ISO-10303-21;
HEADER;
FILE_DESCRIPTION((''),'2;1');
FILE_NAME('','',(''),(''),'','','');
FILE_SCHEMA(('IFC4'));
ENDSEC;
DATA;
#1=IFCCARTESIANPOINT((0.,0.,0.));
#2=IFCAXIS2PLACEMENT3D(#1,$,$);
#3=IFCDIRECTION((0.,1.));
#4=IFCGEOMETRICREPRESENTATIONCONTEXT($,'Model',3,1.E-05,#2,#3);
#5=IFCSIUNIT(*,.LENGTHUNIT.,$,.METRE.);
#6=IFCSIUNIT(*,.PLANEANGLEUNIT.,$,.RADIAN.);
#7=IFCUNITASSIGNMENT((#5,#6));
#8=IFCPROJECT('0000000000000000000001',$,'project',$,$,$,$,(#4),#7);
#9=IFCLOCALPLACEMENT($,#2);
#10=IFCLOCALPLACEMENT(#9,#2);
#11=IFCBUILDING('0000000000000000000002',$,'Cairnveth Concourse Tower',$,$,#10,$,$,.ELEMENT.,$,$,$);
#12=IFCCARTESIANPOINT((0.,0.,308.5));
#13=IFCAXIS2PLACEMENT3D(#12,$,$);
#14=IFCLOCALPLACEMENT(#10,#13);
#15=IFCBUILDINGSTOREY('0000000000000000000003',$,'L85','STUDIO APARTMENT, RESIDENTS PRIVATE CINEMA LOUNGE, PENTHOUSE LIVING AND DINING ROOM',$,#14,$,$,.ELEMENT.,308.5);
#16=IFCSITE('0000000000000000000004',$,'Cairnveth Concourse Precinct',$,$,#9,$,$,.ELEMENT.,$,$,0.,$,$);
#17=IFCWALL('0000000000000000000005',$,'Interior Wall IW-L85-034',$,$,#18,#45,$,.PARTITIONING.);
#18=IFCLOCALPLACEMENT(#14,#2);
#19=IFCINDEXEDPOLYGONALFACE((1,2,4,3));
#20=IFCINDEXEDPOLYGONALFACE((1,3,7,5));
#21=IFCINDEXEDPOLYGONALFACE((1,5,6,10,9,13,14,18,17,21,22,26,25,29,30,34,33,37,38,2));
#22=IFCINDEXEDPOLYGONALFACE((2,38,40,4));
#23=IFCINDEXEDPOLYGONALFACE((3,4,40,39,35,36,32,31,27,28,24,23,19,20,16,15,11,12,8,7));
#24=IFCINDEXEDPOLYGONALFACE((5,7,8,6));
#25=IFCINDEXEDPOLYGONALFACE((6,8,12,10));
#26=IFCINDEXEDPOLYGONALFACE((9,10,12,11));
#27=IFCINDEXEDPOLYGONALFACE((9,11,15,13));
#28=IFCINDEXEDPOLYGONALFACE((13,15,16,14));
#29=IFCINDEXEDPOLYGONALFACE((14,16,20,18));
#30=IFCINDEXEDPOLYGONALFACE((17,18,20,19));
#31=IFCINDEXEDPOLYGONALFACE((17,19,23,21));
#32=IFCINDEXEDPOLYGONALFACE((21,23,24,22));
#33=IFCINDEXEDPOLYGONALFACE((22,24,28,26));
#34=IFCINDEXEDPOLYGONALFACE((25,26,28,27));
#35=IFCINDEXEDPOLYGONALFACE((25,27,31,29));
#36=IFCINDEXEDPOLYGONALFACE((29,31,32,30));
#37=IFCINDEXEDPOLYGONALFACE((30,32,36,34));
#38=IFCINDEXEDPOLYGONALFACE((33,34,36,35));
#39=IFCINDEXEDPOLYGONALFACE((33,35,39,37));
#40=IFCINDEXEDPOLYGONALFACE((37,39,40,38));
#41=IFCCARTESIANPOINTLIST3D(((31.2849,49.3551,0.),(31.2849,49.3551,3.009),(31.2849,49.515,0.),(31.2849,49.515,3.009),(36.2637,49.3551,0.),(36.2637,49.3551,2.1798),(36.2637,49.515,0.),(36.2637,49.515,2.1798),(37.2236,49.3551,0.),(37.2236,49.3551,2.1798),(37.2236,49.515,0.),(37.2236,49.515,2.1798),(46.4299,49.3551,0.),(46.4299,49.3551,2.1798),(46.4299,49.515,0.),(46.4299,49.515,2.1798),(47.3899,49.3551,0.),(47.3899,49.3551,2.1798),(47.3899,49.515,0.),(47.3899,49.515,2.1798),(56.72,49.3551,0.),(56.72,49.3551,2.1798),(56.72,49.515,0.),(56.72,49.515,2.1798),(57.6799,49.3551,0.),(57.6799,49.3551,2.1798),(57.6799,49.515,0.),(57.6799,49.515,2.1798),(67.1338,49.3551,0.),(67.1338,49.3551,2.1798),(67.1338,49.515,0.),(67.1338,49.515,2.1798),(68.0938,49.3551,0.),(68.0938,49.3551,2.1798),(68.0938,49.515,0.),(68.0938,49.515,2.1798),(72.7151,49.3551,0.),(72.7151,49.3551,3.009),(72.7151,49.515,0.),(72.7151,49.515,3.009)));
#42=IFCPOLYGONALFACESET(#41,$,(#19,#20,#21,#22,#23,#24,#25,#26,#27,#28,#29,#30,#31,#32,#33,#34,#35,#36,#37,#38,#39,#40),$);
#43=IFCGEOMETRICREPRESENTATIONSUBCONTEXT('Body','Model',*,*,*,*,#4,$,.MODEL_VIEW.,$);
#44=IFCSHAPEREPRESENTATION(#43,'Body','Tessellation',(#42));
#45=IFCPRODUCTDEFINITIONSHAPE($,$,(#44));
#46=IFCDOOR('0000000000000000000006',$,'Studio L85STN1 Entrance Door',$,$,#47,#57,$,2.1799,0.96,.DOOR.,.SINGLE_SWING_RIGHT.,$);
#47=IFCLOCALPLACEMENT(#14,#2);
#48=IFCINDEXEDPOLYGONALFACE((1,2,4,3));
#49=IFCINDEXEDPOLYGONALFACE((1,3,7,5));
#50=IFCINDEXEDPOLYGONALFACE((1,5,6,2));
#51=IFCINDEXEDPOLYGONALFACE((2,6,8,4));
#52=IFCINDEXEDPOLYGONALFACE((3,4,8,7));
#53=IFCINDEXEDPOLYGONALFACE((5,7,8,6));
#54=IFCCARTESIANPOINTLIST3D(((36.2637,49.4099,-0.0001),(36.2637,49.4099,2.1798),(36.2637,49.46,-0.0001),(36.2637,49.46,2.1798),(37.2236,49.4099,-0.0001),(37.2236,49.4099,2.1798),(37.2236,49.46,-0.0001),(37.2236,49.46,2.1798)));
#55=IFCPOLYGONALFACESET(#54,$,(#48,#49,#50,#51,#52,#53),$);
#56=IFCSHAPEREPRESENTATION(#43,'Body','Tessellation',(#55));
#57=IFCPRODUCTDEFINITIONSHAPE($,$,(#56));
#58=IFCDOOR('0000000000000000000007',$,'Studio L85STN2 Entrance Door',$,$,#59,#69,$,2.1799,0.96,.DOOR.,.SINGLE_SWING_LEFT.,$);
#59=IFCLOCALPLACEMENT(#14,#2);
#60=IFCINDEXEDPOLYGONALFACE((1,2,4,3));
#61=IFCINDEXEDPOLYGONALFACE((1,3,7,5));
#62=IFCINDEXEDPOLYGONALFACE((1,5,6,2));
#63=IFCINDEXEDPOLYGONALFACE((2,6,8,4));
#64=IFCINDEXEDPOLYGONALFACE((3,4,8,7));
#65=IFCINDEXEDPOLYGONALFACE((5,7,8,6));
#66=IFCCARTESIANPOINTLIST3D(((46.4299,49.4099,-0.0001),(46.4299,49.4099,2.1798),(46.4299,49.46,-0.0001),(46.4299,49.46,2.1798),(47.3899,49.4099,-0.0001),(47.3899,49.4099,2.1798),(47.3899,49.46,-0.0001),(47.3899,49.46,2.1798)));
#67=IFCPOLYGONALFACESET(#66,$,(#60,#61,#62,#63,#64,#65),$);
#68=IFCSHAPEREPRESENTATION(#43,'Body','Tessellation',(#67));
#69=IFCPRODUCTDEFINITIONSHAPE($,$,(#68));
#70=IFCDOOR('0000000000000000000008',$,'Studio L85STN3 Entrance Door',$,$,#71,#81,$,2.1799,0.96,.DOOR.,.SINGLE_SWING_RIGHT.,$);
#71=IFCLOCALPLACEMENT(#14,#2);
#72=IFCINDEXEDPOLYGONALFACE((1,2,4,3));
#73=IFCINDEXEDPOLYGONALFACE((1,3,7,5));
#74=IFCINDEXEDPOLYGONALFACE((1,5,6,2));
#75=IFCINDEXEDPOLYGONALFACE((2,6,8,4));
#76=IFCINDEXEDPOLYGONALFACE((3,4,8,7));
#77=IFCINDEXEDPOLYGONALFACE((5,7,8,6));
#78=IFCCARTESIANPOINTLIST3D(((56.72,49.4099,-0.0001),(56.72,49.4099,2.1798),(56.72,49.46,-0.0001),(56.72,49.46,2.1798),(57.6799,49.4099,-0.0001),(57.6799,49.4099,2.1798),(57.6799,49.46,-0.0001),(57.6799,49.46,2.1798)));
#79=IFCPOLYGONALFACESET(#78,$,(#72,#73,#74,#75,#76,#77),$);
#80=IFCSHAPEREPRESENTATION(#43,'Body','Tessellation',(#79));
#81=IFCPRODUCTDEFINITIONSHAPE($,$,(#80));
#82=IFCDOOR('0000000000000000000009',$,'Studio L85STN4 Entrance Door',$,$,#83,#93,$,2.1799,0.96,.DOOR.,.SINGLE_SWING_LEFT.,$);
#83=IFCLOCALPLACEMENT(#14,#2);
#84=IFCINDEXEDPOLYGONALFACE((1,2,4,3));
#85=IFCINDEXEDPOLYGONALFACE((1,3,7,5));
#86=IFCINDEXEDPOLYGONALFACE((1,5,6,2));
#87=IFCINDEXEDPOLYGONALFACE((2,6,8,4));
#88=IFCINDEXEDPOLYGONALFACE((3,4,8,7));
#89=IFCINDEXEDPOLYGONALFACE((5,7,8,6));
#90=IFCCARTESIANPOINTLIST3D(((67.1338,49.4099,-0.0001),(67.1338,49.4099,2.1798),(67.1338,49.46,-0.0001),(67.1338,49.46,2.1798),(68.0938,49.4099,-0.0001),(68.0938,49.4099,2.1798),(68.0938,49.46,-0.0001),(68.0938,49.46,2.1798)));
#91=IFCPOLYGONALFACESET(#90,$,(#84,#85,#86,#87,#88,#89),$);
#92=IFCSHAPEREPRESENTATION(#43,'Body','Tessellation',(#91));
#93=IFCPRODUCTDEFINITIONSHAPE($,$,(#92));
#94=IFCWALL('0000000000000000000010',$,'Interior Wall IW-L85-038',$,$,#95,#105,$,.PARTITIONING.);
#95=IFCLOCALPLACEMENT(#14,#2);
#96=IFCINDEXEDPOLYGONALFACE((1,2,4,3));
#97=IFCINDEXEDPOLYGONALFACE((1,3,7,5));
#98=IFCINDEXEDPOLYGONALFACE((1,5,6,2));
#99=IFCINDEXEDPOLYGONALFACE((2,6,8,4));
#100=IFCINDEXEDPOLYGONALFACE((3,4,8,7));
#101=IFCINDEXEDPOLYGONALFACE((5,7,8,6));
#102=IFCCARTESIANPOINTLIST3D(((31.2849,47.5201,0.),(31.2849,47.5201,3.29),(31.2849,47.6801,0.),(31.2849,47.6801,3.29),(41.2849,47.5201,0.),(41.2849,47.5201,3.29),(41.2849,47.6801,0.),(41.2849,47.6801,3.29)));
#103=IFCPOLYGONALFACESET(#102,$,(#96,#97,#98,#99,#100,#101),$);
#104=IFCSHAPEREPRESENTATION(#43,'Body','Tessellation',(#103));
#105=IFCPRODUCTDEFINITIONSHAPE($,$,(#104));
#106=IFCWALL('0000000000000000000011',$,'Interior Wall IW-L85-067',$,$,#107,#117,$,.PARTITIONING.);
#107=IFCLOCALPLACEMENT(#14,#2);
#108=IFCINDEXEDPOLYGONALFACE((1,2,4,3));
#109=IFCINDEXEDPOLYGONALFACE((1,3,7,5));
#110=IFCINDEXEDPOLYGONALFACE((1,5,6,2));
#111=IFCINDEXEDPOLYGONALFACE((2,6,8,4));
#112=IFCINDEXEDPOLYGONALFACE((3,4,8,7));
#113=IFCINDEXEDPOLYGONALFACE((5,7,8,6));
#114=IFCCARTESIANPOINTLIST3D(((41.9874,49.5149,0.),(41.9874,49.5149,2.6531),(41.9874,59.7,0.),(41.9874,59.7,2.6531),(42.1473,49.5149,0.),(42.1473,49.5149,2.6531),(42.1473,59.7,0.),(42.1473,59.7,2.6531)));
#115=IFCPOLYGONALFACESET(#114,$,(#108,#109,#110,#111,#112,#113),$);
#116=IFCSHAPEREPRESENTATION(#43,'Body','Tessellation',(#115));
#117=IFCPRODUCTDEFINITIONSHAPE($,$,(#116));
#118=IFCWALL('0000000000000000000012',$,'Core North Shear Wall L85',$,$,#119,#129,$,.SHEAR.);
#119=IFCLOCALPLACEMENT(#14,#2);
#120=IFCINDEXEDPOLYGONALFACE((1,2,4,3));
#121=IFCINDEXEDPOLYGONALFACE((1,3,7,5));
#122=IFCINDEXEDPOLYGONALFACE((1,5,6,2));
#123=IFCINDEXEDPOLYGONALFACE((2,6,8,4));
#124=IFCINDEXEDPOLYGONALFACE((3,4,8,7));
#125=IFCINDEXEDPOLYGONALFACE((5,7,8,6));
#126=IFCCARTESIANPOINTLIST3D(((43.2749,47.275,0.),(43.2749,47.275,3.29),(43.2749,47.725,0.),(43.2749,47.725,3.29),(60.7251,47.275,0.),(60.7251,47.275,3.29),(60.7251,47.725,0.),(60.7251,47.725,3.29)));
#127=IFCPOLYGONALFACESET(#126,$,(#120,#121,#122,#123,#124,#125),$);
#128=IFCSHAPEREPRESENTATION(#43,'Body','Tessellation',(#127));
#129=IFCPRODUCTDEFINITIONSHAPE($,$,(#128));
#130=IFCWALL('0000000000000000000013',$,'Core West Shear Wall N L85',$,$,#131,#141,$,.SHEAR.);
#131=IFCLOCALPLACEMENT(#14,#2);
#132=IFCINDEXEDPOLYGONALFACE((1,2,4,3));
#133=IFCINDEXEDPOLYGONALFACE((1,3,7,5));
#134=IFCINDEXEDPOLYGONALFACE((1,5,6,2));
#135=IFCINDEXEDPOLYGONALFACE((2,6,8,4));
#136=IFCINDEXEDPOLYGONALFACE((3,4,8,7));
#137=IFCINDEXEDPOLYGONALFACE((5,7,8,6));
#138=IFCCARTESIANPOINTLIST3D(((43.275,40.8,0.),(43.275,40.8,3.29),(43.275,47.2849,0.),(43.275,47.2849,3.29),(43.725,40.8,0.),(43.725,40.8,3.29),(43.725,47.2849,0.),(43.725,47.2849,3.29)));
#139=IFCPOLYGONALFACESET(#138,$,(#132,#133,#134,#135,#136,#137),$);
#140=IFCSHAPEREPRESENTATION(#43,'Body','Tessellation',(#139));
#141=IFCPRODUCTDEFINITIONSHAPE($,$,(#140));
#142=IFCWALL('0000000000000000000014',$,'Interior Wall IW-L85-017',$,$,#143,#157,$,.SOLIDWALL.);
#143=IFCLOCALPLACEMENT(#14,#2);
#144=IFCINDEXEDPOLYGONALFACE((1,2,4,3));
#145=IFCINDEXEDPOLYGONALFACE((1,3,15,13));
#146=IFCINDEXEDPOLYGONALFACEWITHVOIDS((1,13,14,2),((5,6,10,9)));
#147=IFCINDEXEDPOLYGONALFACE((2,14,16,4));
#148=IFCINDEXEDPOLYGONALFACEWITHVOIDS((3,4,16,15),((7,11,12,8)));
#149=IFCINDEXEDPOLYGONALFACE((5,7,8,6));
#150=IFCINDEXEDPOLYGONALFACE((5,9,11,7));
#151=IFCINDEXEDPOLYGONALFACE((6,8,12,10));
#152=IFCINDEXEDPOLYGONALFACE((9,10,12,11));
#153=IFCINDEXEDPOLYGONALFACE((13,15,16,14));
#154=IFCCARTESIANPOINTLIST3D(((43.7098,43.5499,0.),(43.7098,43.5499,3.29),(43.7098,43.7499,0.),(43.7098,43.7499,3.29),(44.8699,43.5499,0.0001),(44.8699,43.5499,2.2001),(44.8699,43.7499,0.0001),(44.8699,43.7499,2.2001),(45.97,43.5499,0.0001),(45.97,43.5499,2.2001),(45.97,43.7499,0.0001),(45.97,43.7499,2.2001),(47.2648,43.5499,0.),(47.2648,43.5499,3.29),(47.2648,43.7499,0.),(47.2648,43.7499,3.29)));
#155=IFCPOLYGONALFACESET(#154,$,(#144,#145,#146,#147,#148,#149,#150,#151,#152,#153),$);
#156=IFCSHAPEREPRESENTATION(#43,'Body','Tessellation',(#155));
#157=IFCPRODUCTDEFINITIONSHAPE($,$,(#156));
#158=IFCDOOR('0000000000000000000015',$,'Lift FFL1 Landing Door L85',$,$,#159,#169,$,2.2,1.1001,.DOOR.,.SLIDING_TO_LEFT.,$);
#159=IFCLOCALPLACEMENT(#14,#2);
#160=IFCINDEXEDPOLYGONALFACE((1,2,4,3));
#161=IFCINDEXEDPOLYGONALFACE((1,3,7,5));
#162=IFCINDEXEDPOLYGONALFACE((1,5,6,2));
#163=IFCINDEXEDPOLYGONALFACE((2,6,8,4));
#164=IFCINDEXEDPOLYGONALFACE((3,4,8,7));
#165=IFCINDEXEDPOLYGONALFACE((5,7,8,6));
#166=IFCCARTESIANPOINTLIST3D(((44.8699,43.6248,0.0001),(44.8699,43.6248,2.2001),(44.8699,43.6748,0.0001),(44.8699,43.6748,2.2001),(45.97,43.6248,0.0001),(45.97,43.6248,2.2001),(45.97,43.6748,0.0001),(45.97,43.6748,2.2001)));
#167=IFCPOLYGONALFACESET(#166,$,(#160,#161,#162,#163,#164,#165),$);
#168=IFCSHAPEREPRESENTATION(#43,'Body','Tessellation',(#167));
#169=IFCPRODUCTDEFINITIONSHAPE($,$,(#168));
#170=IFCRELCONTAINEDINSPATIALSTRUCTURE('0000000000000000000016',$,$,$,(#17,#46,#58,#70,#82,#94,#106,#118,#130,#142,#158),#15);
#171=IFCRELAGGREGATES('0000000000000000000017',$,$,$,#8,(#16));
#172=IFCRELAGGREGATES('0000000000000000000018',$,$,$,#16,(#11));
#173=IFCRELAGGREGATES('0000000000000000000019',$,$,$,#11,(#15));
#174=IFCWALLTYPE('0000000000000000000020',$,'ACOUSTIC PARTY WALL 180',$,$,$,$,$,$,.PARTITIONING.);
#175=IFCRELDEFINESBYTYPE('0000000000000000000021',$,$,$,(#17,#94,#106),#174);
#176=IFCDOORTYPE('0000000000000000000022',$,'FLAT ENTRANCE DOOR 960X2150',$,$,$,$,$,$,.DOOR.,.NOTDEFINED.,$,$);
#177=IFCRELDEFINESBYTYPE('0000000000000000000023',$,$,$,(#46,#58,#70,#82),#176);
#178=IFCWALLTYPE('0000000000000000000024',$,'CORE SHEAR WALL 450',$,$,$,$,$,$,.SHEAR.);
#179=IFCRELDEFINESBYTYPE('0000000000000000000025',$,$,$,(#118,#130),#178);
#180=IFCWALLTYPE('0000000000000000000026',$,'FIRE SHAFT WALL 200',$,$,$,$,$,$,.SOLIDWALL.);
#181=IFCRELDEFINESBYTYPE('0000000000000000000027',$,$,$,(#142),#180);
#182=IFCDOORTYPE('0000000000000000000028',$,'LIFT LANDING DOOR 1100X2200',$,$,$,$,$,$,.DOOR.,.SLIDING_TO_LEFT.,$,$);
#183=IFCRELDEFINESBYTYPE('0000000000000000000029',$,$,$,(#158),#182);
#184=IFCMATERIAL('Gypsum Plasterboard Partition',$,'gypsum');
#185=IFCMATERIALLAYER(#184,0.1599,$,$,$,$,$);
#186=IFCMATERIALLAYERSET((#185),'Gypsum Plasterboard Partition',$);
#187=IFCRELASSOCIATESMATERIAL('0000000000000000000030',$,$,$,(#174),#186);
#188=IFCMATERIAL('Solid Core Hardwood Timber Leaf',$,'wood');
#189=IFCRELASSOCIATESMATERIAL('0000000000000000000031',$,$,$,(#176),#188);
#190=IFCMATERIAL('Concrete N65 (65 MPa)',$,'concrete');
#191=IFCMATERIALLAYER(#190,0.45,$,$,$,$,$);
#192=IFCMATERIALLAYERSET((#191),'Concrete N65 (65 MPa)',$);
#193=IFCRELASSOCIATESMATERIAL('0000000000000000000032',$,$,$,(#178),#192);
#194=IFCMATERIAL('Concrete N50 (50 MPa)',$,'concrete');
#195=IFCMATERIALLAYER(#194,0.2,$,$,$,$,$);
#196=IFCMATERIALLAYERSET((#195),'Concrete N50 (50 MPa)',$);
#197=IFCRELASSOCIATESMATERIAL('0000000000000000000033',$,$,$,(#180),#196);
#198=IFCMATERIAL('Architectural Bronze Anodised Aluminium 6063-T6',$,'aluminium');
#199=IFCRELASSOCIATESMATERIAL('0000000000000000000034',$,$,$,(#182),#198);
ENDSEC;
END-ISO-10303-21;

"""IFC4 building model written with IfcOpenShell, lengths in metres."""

from ifc_helpers import new_model, si_unit, direction, frame, frame_2d, origin, place, context, subcontext, project, spatial, rectangle, extrude, material, layer, layer_set, type_object, element, fill, save


model = new_model("IFC4")

# Units and contexts
model_context = context("Model", 3, precision=1e-05, world=origin(), true_north=direction((0.0, 1.0)))
body_context = subcontext(model_context, "Body", "Model", "MODEL_VIEW")
ifc_project = project(units=[si_unit("LENGTHUNIT", "METRE"), si_unit("PLANEANGLEUNIT", "RADIAN")], contexts=[model_context])

# Site, building, storey
site_placement = place(None, origin())
site = spatial("IfcSite", under=ifc_project, at=site_placement, Name="Cairnveth Concourse Precinct", CompositionType="ELEMENT", RefElevation=0.0)
building_placement = place(site_placement, origin())
building = spatial("IfcBuilding", under=site, at=building_placement, Name="Cairnveth Concourse Tower", CompositionType="ELEMENT")
storey_placement = place(building_placement, frame((0.0, 0.0, 308.5)))
storey = spatial("IfcBuildingStorey", under=building, at=storey_placement, Name="L85", Description="STUDIO APARTMENT, RESIDENTS PRIVATE CINEMA LOUNGE, PENTHOUSE LIVING AND DINING ROOM", CompositionType="ELEMENT", Elevation=308.5)

# Shared definitions
ifc_material_1 = material(Name="Concrete N50 (50 MPa)", Category="concrete")

# Wall, openings, doors
ifc_material_2 = material(Name="Gypsum Plasterboard Partition", Category="gypsum")
ifc_layer_1 = layer(ifc_material_2, 0.1599)
ifc_layer_set_1 = layer_set([ifc_layer_1], Name="Gypsum Plasterboard Partition")
wall_type_1 = type_object("IfcWallType", Name="ACOUSTIC PARTY WALL 180", PredefinedType="PARTITIONING", material=ifc_layer_set_1)
wall_1_placement = place(storey_placement, frame((31.2849, 49.4351, 0.0), z_axis=(0.0, 0.0, 1.0), x_axis=(1.0, 0.0, 0.0)))
wall_1 = element("IfcWall", 1, at=wall_1_placement, inside=storey, type_object=wall_type_1, Name="Interior Wall IW-L85-034", PredefinedType="PARTITIONING", context=body_context, shape_type="SweptSolid", body=[
    extrude(rectangle(XDim=41.4302, YDim=0.1599, at=frame_2d((20.7151, 0.0))), origin(), (0.0, 0.0, 1.0), 3.009),
])
opening_1_placement = place(wall_1_placement, frame((4.9788, 0.0, 0.0)))
opening_1 = element("IfcOpeningElement", 2, at=opening_1_placement, cuts=wall_1, PredefinedType="OPENING", context=body_context, shape_type="SweptSolid", body=[
    extrude(rectangle(XDim=0.96, YDim=2.1799, at=frame_2d((0.48, 1.0898))), frame((0.0, 0.0898, 0.0), z_axis=(0.0, -1.0, 0.0), x_axis=(1.0, 0.0, 0.0)), (0.0, 0.0, 1.0), 0.1799),
])
opening_2_placement = place(wall_1_placement, frame((15.145, 0.0, 0.0)))
opening_2 = element("IfcOpeningElement", 3, at=opening_2_placement, cuts=wall_1, PredefinedType="OPENING", context=body_context, shape_type="SweptSolid", body=[
    extrude(rectangle(XDim=0.96, YDim=2.1799, at=frame_2d((0.48, 1.0898))), frame((0.0, 0.0898, 0.0), z_axis=(0.0, -1.0, 0.0), x_axis=(1.0, 0.0, 0.0)), (0.0, 0.0, 1.0), 0.1799),
])
opening_3_placement = place(wall_1_placement, frame((25.4351, 0.0, 0.0)))
opening_3 = element("IfcOpeningElement", 4, at=opening_3_placement, cuts=wall_1, PredefinedType="OPENING", context=body_context, shape_type="SweptSolid", body=[
    extrude(rectangle(XDim=0.96, YDim=2.1799, at=frame_2d((0.48, 1.0898))), frame((0.0, 0.0898, 0.0), z_axis=(0.0, -1.0, 0.0), x_axis=(1.0, 0.0, 0.0)), (0.0, 0.0, 1.0), 0.1799),
])
opening_4_placement = place(wall_1_placement, frame((35.8489, 0.0, 0.0)))
opening_4 = element("IfcOpeningElement", 5, at=opening_4_placement, cuts=wall_1, PredefinedType="OPENING", context=body_context, shape_type="SweptSolid", body=[
    extrude(rectangle(XDim=0.96, YDim=2.1799, at=frame_2d((0.48, 1.0898))), frame((0.0, 0.0898, 0.0), z_axis=(0.0, -1.0, 0.0), x_axis=(1.0, 0.0, 0.0)), (0.0, 0.0, 1.0), 0.1799),
])
ifc_material_3 = material(Name="Solid Core Hardwood Timber Leaf", Category="wood")
door_type_1 = type_object("IfcDoorType", Name="FLAT ENTRANCE DOOR 960X2150", OperationType="NOTDEFINED", PredefinedType="DOOR", material=ifc_material_3)
door_1_placement = place(opening_1_placement, origin())
door_1 = element("IfcDoor", 6, at=door_1_placement, inside=storey, type_object=door_type_1, Name="Studio L85STN1 Entrance Door", OperationType="SINGLE_SWING_RIGHT", OverallHeight=2.1799, OverallWidth=0.96, PredefinedType="DOOR", context=body_context, shape_type="SweptSolid", body=[
    extrude(rectangle(XDim=0.96, YDim=2.1799, at=frame_2d((0.48, 1.0898))), frame((0.0, 0.0249, 0.0), z_axis=(0.0, -1.0, 0.0), x_axis=(1.0, 0.0, 0.0)), (0.0, 0.0, 1.0), 0.05),
])
fill(opening_1, door_1)
door_2_placement = place(opening_2_placement, origin())
door_2 = element("IfcDoor", 7, at=door_2_placement, inside=storey, type_object=door_type_1, Name="Studio L85STN2 Entrance Door", OperationType="SINGLE_SWING_LEFT", OverallHeight=2.1799, OverallWidth=0.96, PredefinedType="DOOR", context=body_context, shape_type="SweptSolid", body=[
    extrude(rectangle(XDim=0.96, YDim=2.1799, at=frame_2d((0.48, 1.0898))), frame((0.0, 0.0249, 0.0), z_axis=(0.0, -1.0, 0.0), x_axis=(1.0, 0.0, 0.0)), (0.0, 0.0, 1.0), 0.05),
])
fill(opening_2, door_2)
door_3_placement = place(opening_3_placement, origin())
door_3 = element("IfcDoor", 8, at=door_3_placement, inside=storey, type_object=door_type_1, Name="Studio L85STN3 Entrance Door", OperationType="SINGLE_SWING_RIGHT", OverallHeight=2.1799, OverallWidth=0.96, PredefinedType="DOOR", context=body_context, shape_type="SweptSolid", body=[
    extrude(rectangle(XDim=0.96, YDim=2.1799, at=frame_2d((0.48, 1.0898))), frame((0.0, 0.0249, 0.0), z_axis=(0.0, -1.0, 0.0), x_axis=(1.0, 0.0, 0.0)), (0.0, 0.0, 1.0), 0.05),
])
fill(opening_3, door_3)
door_4_placement = place(opening_4_placement, origin())
door_4 = element("IfcDoor", 9, at=door_4_placement, inside=storey, type_object=door_type_1, Name="Studio L85STN4 Entrance Door", OperationType="SINGLE_SWING_LEFT", OverallHeight=2.1799, OverallWidth=0.96, PredefinedType="DOOR", context=body_context, shape_type="SweptSolid", body=[
    extrude(rectangle(XDim=0.96, YDim=2.1799, at=frame_2d((0.48, 1.0898))), frame((0.0, 0.0249, 0.0), z_axis=(0.0, -1.0, 0.0), x_axis=(1.0, 0.0, 0.0)), (0.0, 0.0, 1.0), 0.05),
])
fill(opening_4, door_4)

# Walls
wall_2_placement = place(storey_placement, frame((31.2849, 47.6001, 0.0), z_axis=(0.0, 0.0, 1.0), x_axis=(1.0, 0.0, 0.0)))
element("IfcWall", 10, at=wall_2_placement, inside=storey, type_object=wall_type_1, Name="Interior Wall IW-L85-038", PredefinedType="PARTITIONING", context=body_context, shape_type="SweptSolid", body=[
    extrude(rectangle(XDim=10.0, YDim=0.1599, at=frame_2d((5.0, 0.0))), origin(), (0.0, 0.0, 1.0), 3.29),
])
wall_3_placement = place(storey_placement, frame((42.0674, 49.5149, 0.0), z_axis=(0.0, 0.0, 1.0), x_axis=(0.0, 1.0, 0.0)))
element("IfcWall", 11, at=wall_3_placement, inside=storey, type_object=wall_type_1, Name="Interior Wall IW-L85-067", PredefinedType="PARTITIONING", context=body_context, shape_type="SweptSolid", body=[
    extrude(rectangle(XDim=10.1851, YDim=0.1599, at=frame_2d((5.0925, 0.0))), origin(), (0.0, 0.0, 1.0), 2.6531),
])
ifc_material_4 = material(Name="Concrete N65 (65 MPa)", Category="concrete")
ifc_layer_2 = layer(ifc_material_4, 0.45)
ifc_layer_set_2 = layer_set([ifc_layer_2], Name="Concrete N65 (65 MPa)")
wall_type_2 = type_object("IfcWallType", Name="CORE SHEAR WALL 450", PredefinedType="SHEAR", material=ifc_layer_set_2)
wall_4_placement = place(storey_placement, frame((43.2749, 47.5, 0.0), z_axis=(0.0, 0.0, 1.0), x_axis=(1.0, 0.0, 0.0)))
element("IfcWall", 12, at=wall_4_placement, inside=storey, type_object=wall_type_2, Name="Core North Shear Wall L85", PredefinedType="SHEAR", context=body_context, shape_type="SweptSolid", body=[
    extrude(rectangle(XDim=17.4502, YDim=0.45, at=frame_2d((8.7251, 0.0))), origin(), (0.0, 0.0, 1.0), 3.29),
])
wall_5_placement = place(storey_placement, frame((43.5, 40.8, 0.0), z_axis=(0.0, 0.0, 1.0), x_axis=(0.0, 1.0, 0.0)))
element("IfcWall", 13, at=wall_5_placement, inside=storey, type_object=wall_type_2, Name="Core West Shear Wall N L85", PredefinedType="SHEAR", context=body_context, shape_type="SweptSolid", body=[
    extrude(rectangle(XDim=6.4849, YDim=0.45, at=frame_2d((3.2424, 0.0))), origin(), (0.0, 0.0, 1.0), 3.29),
])

# Wall, opening, door
ifc_layer_3 = layer(ifc_material_1, 0.2)
ifc_layer_set_3 = layer_set([ifc_layer_3], Name="Concrete N50 (50 MPa)")
wall_type_3 = type_object("IfcWallType", Name="FIRE SHAFT WALL 200", PredefinedType="SOLIDWALL", material=ifc_layer_set_3)
wall_6_placement = place(storey_placement, frame((43.71, 43.6499, 0.0), z_axis=(0.0, 0.0, 1.0), x_axis=(1.0, 0.0, 0.0)))
wall_6 = element("IfcWall", 14, at=wall_6_placement, inside=storey, type_object=wall_type_3, Name="Interior Wall IW-L85-017", PredefinedType="SOLIDWALL", context=body_context, shape_type="SweptSolid", body=[
    extrude(rectangle(XDim=3.5549, YDim=0.2, at=frame_2d((1.7773, 0.0))), origin(), (0.0, 0.0, 1.0), 3.29),
])
opening_5_placement = place(wall_6_placement, frame((1.1599, 0.0, 0.0)))
opening_5 = element("IfcOpeningElement", 15, at=opening_5_placement, cuts=wall_6, PredefinedType="OPENING", context=body_context, shape_type="SweptSolid", body=[
    extrude(rectangle(XDim=1.1001, YDim=2.2, at=frame_2d((0.55, 1.1001))), frame((0.0, 0.1099, 0.0), z_axis=(0.0, -1.0, 0.0), x_axis=(1.0, 0.0, 0.0)), (0.0, 0.0, 1.0), 0.22),
])
ifc_material_5 = material(Name="Architectural Bronze Anodised Aluminium 6063-T6", Category="aluminium")
door_type_2 = type_object("IfcDoorType", Name="LIFT LANDING DOOR 1100X2200", OperationType="SLIDING_TO_LEFT", PredefinedType="DOOR", material=ifc_material_5)
door_5_placement = place(opening_5_placement, origin())
door_5 = element("IfcDoor", 16, at=door_5_placement, inside=storey, type_object=door_type_2, Name="Lift FFL1 Landing Door L85", OperationType="SLIDING_TO_LEFT", OverallHeight=2.2, OverallWidth=1.1001, PredefinedType="DOOR", context=body_context, shape_type="SweptSolid", body=[
    extrude(rectangle(XDim=1.1001, YDim=2.2, at=frame_2d((0.55, 1.1001))), frame((0.0, 0.0249, 0.0), z_axis=(0.0, -1.0, 0.0), x_axis=(1.0, 0.0, 0.0)), (0.0, 0.0, 1.0), 0.05),
])
fill(opening_5, door_5)

save(model, "model.ifc")
